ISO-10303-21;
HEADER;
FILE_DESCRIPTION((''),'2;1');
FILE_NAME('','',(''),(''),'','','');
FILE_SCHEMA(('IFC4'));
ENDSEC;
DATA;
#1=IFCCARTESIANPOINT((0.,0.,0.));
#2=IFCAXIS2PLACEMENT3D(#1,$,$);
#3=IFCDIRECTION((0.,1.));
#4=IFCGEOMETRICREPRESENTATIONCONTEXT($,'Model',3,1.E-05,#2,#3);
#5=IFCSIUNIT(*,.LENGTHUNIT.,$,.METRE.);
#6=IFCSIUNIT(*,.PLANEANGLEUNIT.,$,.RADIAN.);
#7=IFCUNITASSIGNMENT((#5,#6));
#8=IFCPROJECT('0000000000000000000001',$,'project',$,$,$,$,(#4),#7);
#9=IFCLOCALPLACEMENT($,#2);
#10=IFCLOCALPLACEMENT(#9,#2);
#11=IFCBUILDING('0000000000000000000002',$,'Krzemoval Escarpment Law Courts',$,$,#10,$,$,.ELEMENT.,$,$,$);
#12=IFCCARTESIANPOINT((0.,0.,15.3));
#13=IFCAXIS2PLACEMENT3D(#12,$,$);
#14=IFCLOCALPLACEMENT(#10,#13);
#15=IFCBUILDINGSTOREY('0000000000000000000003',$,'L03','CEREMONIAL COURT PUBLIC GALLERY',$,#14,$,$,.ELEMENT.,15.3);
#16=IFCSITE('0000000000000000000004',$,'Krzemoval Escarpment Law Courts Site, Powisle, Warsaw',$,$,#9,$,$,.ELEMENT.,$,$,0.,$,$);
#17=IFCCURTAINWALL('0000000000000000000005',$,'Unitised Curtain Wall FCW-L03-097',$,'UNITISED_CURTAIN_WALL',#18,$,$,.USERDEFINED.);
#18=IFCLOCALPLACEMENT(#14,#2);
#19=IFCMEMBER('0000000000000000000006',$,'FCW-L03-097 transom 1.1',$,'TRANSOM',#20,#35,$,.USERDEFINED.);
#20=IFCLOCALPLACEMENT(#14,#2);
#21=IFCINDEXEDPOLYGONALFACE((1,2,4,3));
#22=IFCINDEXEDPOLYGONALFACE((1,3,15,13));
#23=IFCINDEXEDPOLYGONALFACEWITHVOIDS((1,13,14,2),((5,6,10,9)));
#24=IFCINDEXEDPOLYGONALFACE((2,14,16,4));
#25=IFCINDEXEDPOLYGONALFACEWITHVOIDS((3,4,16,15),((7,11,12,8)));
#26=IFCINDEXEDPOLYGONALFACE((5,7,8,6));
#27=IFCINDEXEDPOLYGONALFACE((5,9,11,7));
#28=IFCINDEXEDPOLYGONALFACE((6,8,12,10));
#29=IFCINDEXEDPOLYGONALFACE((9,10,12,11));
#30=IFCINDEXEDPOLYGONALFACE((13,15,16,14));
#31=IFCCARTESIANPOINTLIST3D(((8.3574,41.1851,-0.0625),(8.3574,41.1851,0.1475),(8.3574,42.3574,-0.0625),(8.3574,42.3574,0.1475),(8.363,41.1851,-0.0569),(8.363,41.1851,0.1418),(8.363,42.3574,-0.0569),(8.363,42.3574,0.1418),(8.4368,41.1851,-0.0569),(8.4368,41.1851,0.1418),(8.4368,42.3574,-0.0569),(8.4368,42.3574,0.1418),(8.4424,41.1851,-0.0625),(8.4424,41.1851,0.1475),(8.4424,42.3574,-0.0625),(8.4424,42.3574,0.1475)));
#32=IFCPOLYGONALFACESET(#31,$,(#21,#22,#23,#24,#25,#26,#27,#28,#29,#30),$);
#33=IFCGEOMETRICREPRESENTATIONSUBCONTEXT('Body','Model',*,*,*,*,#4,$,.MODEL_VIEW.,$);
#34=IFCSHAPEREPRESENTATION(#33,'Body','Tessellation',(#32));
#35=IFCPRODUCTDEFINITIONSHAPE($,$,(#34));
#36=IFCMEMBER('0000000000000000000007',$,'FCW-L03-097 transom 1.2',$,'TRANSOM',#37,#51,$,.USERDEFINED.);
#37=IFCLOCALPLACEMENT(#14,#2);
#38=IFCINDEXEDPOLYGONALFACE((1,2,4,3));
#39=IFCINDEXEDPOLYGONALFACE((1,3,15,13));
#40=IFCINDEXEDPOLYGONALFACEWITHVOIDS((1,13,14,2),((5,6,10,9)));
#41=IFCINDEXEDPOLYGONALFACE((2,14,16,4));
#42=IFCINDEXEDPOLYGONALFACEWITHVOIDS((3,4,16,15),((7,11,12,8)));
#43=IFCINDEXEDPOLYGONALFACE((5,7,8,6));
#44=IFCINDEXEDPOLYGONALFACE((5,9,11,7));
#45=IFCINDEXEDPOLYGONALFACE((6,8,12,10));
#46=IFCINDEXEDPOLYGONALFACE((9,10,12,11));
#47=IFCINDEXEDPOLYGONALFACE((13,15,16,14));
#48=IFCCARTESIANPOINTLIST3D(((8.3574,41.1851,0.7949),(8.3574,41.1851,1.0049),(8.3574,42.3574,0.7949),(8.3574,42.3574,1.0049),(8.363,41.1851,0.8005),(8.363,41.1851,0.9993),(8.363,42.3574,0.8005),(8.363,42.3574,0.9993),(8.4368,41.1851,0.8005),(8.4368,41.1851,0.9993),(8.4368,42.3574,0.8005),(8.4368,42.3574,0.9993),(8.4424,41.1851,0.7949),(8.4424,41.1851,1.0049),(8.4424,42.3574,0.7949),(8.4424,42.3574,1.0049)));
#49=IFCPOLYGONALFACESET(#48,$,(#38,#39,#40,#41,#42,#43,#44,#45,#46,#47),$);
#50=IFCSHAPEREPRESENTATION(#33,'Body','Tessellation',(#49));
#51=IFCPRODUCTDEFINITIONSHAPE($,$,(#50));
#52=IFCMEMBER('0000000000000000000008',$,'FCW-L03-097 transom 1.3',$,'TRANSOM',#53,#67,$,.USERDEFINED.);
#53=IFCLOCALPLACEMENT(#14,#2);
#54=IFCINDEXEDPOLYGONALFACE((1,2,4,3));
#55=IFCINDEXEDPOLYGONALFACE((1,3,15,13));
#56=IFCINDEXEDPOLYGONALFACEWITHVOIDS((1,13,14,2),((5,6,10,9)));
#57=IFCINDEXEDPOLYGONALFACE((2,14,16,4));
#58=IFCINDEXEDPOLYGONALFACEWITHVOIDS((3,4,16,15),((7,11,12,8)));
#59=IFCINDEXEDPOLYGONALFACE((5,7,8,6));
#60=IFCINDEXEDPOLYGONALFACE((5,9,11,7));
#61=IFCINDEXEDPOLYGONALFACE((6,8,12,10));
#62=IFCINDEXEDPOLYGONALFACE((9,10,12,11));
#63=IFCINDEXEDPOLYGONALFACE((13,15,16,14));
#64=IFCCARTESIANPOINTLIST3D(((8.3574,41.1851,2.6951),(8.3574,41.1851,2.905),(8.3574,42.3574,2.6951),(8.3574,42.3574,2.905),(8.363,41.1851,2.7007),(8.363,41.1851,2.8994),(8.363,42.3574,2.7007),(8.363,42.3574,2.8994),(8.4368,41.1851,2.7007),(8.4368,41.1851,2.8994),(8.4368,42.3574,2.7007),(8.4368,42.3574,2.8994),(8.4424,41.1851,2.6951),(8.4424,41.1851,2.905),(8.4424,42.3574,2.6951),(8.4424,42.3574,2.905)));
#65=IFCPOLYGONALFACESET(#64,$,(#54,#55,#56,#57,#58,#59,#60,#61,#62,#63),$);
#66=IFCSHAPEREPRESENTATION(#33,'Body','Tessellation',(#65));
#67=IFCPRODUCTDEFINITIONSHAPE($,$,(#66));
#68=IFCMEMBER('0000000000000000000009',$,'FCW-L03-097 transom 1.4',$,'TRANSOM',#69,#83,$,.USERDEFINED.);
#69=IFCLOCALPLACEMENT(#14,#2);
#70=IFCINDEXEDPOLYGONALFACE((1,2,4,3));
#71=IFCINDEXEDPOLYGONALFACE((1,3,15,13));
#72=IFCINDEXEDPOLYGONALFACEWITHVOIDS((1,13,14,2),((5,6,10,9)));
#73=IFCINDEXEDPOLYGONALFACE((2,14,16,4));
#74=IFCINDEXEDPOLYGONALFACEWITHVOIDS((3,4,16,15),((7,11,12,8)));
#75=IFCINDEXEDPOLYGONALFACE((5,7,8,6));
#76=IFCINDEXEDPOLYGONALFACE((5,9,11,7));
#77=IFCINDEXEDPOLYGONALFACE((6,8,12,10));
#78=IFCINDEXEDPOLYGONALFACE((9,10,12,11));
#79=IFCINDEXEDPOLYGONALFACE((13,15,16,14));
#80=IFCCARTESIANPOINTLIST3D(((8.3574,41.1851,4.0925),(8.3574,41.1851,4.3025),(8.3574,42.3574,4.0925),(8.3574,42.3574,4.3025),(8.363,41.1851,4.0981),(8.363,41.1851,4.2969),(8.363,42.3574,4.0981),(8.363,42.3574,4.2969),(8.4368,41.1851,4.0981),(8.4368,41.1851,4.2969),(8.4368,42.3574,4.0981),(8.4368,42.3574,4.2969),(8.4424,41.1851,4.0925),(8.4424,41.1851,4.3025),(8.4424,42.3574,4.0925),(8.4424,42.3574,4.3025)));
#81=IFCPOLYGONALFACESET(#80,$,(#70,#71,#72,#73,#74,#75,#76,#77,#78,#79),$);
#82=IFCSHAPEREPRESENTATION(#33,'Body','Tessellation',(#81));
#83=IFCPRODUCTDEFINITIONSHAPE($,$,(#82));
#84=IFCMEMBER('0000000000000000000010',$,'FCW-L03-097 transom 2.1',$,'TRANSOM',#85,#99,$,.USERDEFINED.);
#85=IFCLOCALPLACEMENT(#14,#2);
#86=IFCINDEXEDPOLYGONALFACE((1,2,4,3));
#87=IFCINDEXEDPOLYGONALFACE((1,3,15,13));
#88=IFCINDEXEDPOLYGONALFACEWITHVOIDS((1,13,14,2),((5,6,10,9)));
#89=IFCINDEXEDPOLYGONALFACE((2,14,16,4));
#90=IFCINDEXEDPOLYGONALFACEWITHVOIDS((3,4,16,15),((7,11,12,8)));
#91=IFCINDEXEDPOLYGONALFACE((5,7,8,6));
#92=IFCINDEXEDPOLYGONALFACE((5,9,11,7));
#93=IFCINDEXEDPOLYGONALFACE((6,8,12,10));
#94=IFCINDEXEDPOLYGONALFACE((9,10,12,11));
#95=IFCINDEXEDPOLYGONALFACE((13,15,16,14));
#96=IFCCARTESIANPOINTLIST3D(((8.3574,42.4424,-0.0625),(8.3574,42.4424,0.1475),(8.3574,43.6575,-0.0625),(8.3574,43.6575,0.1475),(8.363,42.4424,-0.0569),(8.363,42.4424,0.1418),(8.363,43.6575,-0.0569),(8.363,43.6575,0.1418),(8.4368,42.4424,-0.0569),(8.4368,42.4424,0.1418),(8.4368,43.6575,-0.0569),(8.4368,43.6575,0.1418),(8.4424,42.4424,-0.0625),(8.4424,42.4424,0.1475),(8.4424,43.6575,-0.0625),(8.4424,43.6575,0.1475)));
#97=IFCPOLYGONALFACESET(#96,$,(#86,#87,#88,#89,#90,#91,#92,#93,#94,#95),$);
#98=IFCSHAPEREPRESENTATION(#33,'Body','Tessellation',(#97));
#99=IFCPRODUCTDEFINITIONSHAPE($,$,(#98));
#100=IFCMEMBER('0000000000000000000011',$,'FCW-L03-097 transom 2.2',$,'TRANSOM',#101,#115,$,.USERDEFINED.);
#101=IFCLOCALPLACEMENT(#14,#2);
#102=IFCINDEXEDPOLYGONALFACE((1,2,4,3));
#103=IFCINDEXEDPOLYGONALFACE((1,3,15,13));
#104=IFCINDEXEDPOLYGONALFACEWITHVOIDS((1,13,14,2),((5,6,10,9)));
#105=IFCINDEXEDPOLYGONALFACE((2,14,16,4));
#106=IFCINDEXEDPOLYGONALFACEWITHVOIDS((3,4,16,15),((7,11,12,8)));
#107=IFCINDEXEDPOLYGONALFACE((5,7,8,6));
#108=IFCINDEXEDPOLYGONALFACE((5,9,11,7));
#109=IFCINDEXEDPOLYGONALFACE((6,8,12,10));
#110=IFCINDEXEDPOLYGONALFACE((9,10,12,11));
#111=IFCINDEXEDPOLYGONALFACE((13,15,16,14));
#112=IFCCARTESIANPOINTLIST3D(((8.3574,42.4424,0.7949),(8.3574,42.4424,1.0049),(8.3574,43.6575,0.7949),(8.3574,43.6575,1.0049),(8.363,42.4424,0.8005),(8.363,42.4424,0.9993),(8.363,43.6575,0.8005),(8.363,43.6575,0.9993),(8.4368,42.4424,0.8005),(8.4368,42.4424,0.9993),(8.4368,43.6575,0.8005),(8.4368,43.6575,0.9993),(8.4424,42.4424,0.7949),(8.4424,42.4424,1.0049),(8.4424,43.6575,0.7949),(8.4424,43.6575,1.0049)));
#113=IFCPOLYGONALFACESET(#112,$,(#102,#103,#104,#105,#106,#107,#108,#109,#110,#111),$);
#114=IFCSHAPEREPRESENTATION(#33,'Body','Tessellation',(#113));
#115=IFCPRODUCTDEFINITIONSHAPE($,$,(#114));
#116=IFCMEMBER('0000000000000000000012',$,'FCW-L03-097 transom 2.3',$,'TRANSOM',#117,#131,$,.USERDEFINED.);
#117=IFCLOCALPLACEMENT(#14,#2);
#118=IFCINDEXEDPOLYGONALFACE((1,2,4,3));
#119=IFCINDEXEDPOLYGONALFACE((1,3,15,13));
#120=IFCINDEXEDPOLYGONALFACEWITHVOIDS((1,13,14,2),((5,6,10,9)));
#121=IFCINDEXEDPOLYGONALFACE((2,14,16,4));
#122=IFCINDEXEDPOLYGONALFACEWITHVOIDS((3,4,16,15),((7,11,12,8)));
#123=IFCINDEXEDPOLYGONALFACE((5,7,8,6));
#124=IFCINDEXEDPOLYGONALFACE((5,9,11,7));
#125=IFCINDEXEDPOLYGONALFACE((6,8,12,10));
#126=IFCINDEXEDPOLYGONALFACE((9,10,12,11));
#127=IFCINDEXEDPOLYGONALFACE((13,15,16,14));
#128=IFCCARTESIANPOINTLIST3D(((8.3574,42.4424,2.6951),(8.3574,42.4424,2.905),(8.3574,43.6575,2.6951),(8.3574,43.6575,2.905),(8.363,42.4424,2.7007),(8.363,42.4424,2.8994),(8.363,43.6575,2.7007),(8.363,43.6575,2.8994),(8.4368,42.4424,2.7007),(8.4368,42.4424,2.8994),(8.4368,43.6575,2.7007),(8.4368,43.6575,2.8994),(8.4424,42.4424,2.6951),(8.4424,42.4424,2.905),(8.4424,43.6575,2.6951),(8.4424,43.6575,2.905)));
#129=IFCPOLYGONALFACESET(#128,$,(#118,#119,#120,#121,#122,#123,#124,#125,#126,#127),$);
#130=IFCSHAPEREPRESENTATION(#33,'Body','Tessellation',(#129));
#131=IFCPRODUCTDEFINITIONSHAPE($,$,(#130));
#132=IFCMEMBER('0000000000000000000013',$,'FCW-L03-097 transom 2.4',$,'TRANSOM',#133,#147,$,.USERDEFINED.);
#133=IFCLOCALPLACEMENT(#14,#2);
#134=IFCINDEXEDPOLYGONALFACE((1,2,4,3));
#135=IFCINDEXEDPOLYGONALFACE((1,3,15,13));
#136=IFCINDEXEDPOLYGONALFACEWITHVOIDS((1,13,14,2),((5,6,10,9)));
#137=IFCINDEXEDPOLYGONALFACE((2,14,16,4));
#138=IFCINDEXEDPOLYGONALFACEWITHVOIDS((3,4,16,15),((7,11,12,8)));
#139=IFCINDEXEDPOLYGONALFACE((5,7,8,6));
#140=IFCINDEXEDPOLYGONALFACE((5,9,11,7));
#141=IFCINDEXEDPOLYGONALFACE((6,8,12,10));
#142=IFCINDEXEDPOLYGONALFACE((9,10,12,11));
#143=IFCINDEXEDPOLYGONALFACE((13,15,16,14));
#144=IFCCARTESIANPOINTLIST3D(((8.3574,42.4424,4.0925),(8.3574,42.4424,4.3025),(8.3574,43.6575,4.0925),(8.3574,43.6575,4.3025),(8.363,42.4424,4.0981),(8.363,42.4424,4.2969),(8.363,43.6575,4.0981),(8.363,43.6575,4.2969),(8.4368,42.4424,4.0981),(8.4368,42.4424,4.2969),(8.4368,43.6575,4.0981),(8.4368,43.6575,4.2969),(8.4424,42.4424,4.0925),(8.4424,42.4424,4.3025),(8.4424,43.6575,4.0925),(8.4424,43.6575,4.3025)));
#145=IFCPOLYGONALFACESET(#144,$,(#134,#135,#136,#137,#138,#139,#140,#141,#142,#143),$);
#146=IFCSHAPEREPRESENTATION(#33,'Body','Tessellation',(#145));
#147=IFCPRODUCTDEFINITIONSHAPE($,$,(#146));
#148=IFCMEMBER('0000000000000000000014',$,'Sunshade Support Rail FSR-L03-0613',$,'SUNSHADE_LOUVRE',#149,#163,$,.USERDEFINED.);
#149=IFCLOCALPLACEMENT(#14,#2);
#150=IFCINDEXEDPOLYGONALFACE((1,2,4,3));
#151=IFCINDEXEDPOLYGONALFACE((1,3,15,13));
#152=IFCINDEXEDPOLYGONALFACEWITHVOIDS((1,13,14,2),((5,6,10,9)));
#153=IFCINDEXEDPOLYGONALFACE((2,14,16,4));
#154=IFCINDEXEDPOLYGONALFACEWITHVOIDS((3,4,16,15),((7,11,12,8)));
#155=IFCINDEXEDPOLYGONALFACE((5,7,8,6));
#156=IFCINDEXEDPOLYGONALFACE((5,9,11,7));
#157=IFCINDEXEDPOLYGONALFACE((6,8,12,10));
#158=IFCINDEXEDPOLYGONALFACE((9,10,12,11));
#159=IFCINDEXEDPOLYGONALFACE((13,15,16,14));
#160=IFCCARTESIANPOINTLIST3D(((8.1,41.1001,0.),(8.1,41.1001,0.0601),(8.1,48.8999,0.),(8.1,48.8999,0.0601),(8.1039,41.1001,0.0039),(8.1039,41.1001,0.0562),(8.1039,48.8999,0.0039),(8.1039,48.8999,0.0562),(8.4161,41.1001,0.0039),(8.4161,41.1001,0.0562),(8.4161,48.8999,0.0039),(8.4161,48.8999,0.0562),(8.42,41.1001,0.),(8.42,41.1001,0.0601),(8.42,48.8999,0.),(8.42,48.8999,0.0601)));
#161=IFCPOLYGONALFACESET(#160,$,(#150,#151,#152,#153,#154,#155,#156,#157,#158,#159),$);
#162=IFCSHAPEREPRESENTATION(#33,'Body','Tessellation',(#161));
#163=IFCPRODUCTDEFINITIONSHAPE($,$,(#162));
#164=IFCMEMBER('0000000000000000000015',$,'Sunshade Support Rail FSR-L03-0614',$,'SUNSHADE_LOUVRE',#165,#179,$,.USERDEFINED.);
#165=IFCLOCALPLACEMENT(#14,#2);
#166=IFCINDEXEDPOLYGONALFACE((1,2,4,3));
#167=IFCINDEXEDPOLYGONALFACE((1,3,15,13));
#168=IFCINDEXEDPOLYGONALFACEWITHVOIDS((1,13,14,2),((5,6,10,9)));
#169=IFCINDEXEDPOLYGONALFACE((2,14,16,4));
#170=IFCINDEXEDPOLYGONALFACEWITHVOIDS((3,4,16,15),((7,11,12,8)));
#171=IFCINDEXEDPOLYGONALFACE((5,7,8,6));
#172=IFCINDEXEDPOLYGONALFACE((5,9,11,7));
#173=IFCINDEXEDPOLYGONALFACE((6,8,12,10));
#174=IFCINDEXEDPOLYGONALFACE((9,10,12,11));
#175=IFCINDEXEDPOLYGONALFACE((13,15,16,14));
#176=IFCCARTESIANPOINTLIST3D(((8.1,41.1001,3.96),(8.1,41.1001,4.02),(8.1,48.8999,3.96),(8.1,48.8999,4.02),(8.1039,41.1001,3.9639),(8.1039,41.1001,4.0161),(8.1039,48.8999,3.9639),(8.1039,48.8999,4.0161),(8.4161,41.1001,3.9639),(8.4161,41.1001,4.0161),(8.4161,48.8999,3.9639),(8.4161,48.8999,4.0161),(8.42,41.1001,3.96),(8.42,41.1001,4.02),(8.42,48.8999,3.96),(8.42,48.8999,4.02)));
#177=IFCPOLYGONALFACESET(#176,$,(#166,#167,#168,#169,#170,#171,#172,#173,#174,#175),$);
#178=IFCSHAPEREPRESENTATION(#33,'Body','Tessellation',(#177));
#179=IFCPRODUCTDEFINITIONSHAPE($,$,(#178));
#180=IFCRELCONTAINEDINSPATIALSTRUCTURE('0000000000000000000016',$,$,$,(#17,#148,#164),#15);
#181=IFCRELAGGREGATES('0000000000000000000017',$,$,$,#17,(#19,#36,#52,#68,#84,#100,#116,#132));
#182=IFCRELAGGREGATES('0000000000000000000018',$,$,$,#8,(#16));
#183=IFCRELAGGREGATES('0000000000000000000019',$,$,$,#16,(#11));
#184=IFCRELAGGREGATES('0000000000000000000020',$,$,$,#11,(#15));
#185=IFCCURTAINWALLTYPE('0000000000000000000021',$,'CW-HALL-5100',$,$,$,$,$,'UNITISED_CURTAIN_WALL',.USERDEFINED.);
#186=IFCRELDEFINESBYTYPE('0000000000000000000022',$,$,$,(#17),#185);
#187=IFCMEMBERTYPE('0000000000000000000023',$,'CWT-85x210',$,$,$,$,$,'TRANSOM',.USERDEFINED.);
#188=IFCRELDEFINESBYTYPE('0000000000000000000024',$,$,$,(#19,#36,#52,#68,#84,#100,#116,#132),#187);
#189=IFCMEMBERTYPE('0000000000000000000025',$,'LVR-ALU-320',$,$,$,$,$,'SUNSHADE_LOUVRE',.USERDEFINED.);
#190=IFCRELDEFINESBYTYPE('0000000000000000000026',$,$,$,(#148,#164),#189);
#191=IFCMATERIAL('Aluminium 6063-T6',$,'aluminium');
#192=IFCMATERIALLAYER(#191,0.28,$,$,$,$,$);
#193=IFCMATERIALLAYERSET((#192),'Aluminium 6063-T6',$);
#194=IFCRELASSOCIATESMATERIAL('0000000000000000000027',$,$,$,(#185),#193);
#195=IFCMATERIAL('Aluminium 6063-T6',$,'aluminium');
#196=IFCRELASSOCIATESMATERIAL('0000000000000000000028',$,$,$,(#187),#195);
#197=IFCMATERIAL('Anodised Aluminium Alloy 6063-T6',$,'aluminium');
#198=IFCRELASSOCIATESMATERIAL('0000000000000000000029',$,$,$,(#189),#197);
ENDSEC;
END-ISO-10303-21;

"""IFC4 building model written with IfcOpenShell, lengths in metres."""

from ifc_helpers import new_model, si_unit, direction, frame, origin, origin_2d, place, context, subcontext, project, spatial, hollow_rectangle, extrude, material, layer, layer_set, material_profile, profile_set, type_object, element, aggregate, save


model = new_model("IFC4")

# Units and contexts
model_context = context("Model", 3, precision=1e-05, world=origin(), true_north=direction((0.0, 1.0)))
body_context = subcontext(model_context, "Body", "Model", "MODEL_VIEW")
ifc_project = project(units=[si_unit("LENGTHUNIT", "METRE"), si_unit("PLANEANGLEUNIT", "RADIAN")], contexts=[model_context])

# Site, building, storey
site_placement = place(None, origin())
site = spatial("IfcSite", under=ifc_project, at=site_placement, Name="Krzemoval Escarpment Law Courts Site, Powisle, Warsaw", CompositionType="ELEMENT", RefElevation=0.0)
building_placement = place(site_placement, origin())
building = spatial("IfcBuilding", under=site, at=building_placement, Name="Krzemoval Escarpment Law Courts", CompositionType="ELEMENT")
storey_placement = place(building_placement, frame((0.0, 0.0, 15.3)))
storey = spatial("IfcBuildingStorey", under=building, at=storey_placement, Name="L03", Description="CEREMONIAL COURT PUBLIC GALLERY", CompositionType="ELEMENT", Elevation=15.3)

# Curtain wall
ifc_material_1 = material(Name="Aluminium 6063-T6", Category="aluminium")
ifc_layer_1 = layer(ifc_material_1, 0.28)
ifc_layer_set_1 = layer_set([ifc_layer_1], Name="Aluminium 6063-T6")
curtain_wall_type = type_object("IfcCurtainWallType", Name="CW-HALL-5100", ElementType="UNITISED_CURTAIN_WALL", PredefinedType="USERDEFINED", material=ifc_layer_set_1)
curtain_wall_1_placement = place(storey_placement, origin())
curtain_wall_1 = element("IfcCurtainWall", 1, at=curtain_wall_1_placement, inside=storey, type_object=curtain_wall_type, Name="Unitised Curtain Wall FCW-L03-097", ObjectType="UNITISED_CURTAIN_WALL", PredefinedType="USERDEFINED")

# Members
ifc_material_2 = material(Name="Aluminium 6063-T6", Category="aluminium")
ifc_material_profile_1 = material_profile(ifc_material_2, hollow_rectangle(XDim=0.085, YDim=0.21, WallThickness=0.0056, at=origin_2d()), Name="ALU T85x210")
ifc_profile_set_1 = profile_set([ifc_material_profile_1], Name="Aluminium 6063-T6")
member_type_1 = type_object("IfcMemberType", Name="CWT-85x210", ElementType="TRANSOM", PredefinedType="USERDEFINED", material=ifc_profile_set_1)
member_1_placement = place(storey_placement, frame((8.3999, 41.1851, 0.0425), z_axis=(0.0, 1.0, 0.0), x_axis=(-1.0, 0.0, 0.0)))
member_1 = element("IfcMember", 2, at=member_1_placement, type_object=member_type_1, Name="FCW-L03-097 transom 1.1", ObjectType="TRANSOM", PredefinedType="USERDEFINED", context=body_context, shape_type="SweptSolid", body=[
    extrude(hollow_rectangle(XDim=0.085, YDim=0.21, WallThickness=0.0056, at=origin_2d()), origin(), (0.0, 0.0, 1.0), 1.1724),
])
member_2_placement = place(storey_placement, frame((8.3999, 41.1851, 0.8999), z_axis=(0.0, 1.0, 0.0), x_axis=(-1.0, 0.0, 0.0)))
member_2 = element("IfcMember", 3, at=member_2_placement, type_object=member_type_1, Name="FCW-L03-097 transom 1.2", ObjectType="TRANSOM", PredefinedType="USERDEFINED", context=body_context, shape_type="SweptSolid", body=[
    extrude(hollow_rectangle(XDim=0.085, YDim=0.21, WallThickness=0.0056, at=origin_2d()), origin(), (0.0, 0.0, 1.0), 1.1724),
])
member_3_placement = place(storey_placement, frame((8.3999, 41.1851, 2.8), z_axis=(0.0, 1.0, 0.0), x_axis=(-1.0, 0.0, 0.0)))
member_3 = element("IfcMember", 4, at=member_3_placement, type_object=member_type_1, Name="FCW-L03-097 transom 1.3", ObjectType="TRANSOM", PredefinedType="USERDEFINED", context=body_context, shape_type="SweptSolid", body=[
    extrude(hollow_rectangle(XDim=0.085, YDim=0.21, WallThickness=0.0056, at=origin_2d()), origin(), (0.0, 0.0, 1.0), 1.1724),
])
member_4_placement = place(storey_placement, frame((8.3999, 41.1851, 4.1975), z_axis=(0.0, 1.0, 0.0), x_axis=(-1.0, 0.0, 0.0)))
member_4 = element("IfcMember", 5, at=member_4_placement, type_object=member_type_1, Name="FCW-L03-097 transom 1.4", ObjectType="TRANSOM", PredefinedType="USERDEFINED", context=body_context, shape_type="SweptSolid", body=[
    extrude(hollow_rectangle(XDim=0.085, YDim=0.21, WallThickness=0.0056, at=origin_2d()), origin(), (0.0, 0.0, 1.0), 1.1724),
])
member_5_placement = place(storey_placement, frame((8.3999, 42.4424, 0.0425), z_axis=(0.0, 1.0, 0.0), x_axis=(-1.0, 0.0, 0.0)))
member_5 = element("IfcMember", 6, at=member_5_placement, type_object=member_type_1, Name="FCW-L03-097 transom 2.1", ObjectType="TRANSOM", PredefinedType="USERDEFINED", context=body_context, shape_type="SweptSolid", body=[
    extrude(hollow_rectangle(XDim=0.085, YDim=0.21, WallThickness=0.0056, at=origin_2d()), origin(), (0.0, 0.0, 1.0), 1.2151),
])
member_6_placement = place(storey_placement, frame((8.3999, 42.4424, 0.8999), z_axis=(0.0, 1.0, 0.0), x_axis=(-1.0, 0.0, 0.0)))
member_6 = element("IfcMember", 7, at=member_6_placement, type_object=member_type_1, Name="FCW-L03-097 transom 2.2", ObjectType="TRANSOM", PredefinedType="USERDEFINED", context=body_context, shape_type="SweptSolid", body=[
    extrude(hollow_rectangle(XDim=0.085, YDim=0.21, WallThickness=0.0056, at=origin_2d()), origin(), (0.0, 0.0, 1.0), 1.2151),
])
member_7_placement = place(storey_placement, frame((8.3999, 42.4424, 2.8), z_axis=(0.0, 1.0, 0.0), x_axis=(-1.0, 0.0, 0.0)))
member_7 = element("IfcMember", 8, at=member_7_placement, type_object=member_type_1, Name="FCW-L03-097 transom 2.3", ObjectType="TRANSOM", PredefinedType="USERDEFINED", context=body_context, shape_type="SweptSolid", body=[
    extrude(hollow_rectangle(XDim=0.085, YDim=0.21, WallThickness=0.0056, at=origin_2d()), origin(), (0.0, 0.0, 1.0), 1.2151),
])
member_8_placement = place(storey_placement, frame((8.3999, 42.4424, 4.1975), z_axis=(0.0, 1.0, 0.0), x_axis=(-1.0, 0.0, 0.0)))
member_8 = element("IfcMember", 9, at=member_8_placement, type_object=member_type_1, Name="FCW-L03-097 transom 2.4", ObjectType="TRANSOM", PredefinedType="USERDEFINED", context=body_context, shape_type="SweptSolid", body=[
    extrude(hollow_rectangle(XDim=0.085, YDim=0.21, WallThickness=0.0056, at=origin_2d()), origin(), (0.0, 0.0, 1.0), 1.2151),
])

# Members
ifc_material_3 = material(Name="Anodised Aluminium Alloy 6063-T6", Category="aluminium")
ifc_material_profile_2 = material_profile(ifc_material_3, hollow_rectangle(XDim=0.0601, YDim=0.3201, WallThickness=0.0039, at=origin_2d()), Name="ALU LVR 60x320")
ifc_profile_set_2 = profile_set([ifc_material_profile_2], Name="Anodised Aluminium Alloy 6063-T6")
member_type_2 = type_object("IfcMemberType", Name="LVR-ALU-320", ElementType="SUNSHADE_LOUVRE", PredefinedType="USERDEFINED", material=ifc_profile_set_2)
for number, where, z_axis, x_axis, name in (
    (10, (8.26, 41.1001, 0.03), (0.0, 1.0, 0.0), (0.0, 0.0, 1.0), "Sunshade Support Rail FSR-L03-0613"),
    (11, (8.26, 41.1001, 3.99), (0.0, 1.0, 0.0), (0.0, 0.0, 1.0), "Sunshade Support Rail FSR-L03-0614"),
):
    element("IfcMember", number, at=place(storey_placement, frame(where, z_axis=z_axis, x_axis=x_axis)), inside=storey, type_object=member_type_2, Name=name, ObjectType="SUNSHADE_LOUVRE", PredefinedType="USERDEFINED", context=body_context, shape_type="SweptSolid", body=[
        extrude(hollow_rectangle(XDim=0.0601, YDim=0.3201, WallThickness=0.0039, at=origin_2d()), origin(), (0.0, 0.0, 1.0), 7.7998),
    ])

aggregate(curtain_wall_1, [member_1, member_2, member_3, member_4, member_5, member_6, member_7, member_8])

save(model, "model.ifc")
